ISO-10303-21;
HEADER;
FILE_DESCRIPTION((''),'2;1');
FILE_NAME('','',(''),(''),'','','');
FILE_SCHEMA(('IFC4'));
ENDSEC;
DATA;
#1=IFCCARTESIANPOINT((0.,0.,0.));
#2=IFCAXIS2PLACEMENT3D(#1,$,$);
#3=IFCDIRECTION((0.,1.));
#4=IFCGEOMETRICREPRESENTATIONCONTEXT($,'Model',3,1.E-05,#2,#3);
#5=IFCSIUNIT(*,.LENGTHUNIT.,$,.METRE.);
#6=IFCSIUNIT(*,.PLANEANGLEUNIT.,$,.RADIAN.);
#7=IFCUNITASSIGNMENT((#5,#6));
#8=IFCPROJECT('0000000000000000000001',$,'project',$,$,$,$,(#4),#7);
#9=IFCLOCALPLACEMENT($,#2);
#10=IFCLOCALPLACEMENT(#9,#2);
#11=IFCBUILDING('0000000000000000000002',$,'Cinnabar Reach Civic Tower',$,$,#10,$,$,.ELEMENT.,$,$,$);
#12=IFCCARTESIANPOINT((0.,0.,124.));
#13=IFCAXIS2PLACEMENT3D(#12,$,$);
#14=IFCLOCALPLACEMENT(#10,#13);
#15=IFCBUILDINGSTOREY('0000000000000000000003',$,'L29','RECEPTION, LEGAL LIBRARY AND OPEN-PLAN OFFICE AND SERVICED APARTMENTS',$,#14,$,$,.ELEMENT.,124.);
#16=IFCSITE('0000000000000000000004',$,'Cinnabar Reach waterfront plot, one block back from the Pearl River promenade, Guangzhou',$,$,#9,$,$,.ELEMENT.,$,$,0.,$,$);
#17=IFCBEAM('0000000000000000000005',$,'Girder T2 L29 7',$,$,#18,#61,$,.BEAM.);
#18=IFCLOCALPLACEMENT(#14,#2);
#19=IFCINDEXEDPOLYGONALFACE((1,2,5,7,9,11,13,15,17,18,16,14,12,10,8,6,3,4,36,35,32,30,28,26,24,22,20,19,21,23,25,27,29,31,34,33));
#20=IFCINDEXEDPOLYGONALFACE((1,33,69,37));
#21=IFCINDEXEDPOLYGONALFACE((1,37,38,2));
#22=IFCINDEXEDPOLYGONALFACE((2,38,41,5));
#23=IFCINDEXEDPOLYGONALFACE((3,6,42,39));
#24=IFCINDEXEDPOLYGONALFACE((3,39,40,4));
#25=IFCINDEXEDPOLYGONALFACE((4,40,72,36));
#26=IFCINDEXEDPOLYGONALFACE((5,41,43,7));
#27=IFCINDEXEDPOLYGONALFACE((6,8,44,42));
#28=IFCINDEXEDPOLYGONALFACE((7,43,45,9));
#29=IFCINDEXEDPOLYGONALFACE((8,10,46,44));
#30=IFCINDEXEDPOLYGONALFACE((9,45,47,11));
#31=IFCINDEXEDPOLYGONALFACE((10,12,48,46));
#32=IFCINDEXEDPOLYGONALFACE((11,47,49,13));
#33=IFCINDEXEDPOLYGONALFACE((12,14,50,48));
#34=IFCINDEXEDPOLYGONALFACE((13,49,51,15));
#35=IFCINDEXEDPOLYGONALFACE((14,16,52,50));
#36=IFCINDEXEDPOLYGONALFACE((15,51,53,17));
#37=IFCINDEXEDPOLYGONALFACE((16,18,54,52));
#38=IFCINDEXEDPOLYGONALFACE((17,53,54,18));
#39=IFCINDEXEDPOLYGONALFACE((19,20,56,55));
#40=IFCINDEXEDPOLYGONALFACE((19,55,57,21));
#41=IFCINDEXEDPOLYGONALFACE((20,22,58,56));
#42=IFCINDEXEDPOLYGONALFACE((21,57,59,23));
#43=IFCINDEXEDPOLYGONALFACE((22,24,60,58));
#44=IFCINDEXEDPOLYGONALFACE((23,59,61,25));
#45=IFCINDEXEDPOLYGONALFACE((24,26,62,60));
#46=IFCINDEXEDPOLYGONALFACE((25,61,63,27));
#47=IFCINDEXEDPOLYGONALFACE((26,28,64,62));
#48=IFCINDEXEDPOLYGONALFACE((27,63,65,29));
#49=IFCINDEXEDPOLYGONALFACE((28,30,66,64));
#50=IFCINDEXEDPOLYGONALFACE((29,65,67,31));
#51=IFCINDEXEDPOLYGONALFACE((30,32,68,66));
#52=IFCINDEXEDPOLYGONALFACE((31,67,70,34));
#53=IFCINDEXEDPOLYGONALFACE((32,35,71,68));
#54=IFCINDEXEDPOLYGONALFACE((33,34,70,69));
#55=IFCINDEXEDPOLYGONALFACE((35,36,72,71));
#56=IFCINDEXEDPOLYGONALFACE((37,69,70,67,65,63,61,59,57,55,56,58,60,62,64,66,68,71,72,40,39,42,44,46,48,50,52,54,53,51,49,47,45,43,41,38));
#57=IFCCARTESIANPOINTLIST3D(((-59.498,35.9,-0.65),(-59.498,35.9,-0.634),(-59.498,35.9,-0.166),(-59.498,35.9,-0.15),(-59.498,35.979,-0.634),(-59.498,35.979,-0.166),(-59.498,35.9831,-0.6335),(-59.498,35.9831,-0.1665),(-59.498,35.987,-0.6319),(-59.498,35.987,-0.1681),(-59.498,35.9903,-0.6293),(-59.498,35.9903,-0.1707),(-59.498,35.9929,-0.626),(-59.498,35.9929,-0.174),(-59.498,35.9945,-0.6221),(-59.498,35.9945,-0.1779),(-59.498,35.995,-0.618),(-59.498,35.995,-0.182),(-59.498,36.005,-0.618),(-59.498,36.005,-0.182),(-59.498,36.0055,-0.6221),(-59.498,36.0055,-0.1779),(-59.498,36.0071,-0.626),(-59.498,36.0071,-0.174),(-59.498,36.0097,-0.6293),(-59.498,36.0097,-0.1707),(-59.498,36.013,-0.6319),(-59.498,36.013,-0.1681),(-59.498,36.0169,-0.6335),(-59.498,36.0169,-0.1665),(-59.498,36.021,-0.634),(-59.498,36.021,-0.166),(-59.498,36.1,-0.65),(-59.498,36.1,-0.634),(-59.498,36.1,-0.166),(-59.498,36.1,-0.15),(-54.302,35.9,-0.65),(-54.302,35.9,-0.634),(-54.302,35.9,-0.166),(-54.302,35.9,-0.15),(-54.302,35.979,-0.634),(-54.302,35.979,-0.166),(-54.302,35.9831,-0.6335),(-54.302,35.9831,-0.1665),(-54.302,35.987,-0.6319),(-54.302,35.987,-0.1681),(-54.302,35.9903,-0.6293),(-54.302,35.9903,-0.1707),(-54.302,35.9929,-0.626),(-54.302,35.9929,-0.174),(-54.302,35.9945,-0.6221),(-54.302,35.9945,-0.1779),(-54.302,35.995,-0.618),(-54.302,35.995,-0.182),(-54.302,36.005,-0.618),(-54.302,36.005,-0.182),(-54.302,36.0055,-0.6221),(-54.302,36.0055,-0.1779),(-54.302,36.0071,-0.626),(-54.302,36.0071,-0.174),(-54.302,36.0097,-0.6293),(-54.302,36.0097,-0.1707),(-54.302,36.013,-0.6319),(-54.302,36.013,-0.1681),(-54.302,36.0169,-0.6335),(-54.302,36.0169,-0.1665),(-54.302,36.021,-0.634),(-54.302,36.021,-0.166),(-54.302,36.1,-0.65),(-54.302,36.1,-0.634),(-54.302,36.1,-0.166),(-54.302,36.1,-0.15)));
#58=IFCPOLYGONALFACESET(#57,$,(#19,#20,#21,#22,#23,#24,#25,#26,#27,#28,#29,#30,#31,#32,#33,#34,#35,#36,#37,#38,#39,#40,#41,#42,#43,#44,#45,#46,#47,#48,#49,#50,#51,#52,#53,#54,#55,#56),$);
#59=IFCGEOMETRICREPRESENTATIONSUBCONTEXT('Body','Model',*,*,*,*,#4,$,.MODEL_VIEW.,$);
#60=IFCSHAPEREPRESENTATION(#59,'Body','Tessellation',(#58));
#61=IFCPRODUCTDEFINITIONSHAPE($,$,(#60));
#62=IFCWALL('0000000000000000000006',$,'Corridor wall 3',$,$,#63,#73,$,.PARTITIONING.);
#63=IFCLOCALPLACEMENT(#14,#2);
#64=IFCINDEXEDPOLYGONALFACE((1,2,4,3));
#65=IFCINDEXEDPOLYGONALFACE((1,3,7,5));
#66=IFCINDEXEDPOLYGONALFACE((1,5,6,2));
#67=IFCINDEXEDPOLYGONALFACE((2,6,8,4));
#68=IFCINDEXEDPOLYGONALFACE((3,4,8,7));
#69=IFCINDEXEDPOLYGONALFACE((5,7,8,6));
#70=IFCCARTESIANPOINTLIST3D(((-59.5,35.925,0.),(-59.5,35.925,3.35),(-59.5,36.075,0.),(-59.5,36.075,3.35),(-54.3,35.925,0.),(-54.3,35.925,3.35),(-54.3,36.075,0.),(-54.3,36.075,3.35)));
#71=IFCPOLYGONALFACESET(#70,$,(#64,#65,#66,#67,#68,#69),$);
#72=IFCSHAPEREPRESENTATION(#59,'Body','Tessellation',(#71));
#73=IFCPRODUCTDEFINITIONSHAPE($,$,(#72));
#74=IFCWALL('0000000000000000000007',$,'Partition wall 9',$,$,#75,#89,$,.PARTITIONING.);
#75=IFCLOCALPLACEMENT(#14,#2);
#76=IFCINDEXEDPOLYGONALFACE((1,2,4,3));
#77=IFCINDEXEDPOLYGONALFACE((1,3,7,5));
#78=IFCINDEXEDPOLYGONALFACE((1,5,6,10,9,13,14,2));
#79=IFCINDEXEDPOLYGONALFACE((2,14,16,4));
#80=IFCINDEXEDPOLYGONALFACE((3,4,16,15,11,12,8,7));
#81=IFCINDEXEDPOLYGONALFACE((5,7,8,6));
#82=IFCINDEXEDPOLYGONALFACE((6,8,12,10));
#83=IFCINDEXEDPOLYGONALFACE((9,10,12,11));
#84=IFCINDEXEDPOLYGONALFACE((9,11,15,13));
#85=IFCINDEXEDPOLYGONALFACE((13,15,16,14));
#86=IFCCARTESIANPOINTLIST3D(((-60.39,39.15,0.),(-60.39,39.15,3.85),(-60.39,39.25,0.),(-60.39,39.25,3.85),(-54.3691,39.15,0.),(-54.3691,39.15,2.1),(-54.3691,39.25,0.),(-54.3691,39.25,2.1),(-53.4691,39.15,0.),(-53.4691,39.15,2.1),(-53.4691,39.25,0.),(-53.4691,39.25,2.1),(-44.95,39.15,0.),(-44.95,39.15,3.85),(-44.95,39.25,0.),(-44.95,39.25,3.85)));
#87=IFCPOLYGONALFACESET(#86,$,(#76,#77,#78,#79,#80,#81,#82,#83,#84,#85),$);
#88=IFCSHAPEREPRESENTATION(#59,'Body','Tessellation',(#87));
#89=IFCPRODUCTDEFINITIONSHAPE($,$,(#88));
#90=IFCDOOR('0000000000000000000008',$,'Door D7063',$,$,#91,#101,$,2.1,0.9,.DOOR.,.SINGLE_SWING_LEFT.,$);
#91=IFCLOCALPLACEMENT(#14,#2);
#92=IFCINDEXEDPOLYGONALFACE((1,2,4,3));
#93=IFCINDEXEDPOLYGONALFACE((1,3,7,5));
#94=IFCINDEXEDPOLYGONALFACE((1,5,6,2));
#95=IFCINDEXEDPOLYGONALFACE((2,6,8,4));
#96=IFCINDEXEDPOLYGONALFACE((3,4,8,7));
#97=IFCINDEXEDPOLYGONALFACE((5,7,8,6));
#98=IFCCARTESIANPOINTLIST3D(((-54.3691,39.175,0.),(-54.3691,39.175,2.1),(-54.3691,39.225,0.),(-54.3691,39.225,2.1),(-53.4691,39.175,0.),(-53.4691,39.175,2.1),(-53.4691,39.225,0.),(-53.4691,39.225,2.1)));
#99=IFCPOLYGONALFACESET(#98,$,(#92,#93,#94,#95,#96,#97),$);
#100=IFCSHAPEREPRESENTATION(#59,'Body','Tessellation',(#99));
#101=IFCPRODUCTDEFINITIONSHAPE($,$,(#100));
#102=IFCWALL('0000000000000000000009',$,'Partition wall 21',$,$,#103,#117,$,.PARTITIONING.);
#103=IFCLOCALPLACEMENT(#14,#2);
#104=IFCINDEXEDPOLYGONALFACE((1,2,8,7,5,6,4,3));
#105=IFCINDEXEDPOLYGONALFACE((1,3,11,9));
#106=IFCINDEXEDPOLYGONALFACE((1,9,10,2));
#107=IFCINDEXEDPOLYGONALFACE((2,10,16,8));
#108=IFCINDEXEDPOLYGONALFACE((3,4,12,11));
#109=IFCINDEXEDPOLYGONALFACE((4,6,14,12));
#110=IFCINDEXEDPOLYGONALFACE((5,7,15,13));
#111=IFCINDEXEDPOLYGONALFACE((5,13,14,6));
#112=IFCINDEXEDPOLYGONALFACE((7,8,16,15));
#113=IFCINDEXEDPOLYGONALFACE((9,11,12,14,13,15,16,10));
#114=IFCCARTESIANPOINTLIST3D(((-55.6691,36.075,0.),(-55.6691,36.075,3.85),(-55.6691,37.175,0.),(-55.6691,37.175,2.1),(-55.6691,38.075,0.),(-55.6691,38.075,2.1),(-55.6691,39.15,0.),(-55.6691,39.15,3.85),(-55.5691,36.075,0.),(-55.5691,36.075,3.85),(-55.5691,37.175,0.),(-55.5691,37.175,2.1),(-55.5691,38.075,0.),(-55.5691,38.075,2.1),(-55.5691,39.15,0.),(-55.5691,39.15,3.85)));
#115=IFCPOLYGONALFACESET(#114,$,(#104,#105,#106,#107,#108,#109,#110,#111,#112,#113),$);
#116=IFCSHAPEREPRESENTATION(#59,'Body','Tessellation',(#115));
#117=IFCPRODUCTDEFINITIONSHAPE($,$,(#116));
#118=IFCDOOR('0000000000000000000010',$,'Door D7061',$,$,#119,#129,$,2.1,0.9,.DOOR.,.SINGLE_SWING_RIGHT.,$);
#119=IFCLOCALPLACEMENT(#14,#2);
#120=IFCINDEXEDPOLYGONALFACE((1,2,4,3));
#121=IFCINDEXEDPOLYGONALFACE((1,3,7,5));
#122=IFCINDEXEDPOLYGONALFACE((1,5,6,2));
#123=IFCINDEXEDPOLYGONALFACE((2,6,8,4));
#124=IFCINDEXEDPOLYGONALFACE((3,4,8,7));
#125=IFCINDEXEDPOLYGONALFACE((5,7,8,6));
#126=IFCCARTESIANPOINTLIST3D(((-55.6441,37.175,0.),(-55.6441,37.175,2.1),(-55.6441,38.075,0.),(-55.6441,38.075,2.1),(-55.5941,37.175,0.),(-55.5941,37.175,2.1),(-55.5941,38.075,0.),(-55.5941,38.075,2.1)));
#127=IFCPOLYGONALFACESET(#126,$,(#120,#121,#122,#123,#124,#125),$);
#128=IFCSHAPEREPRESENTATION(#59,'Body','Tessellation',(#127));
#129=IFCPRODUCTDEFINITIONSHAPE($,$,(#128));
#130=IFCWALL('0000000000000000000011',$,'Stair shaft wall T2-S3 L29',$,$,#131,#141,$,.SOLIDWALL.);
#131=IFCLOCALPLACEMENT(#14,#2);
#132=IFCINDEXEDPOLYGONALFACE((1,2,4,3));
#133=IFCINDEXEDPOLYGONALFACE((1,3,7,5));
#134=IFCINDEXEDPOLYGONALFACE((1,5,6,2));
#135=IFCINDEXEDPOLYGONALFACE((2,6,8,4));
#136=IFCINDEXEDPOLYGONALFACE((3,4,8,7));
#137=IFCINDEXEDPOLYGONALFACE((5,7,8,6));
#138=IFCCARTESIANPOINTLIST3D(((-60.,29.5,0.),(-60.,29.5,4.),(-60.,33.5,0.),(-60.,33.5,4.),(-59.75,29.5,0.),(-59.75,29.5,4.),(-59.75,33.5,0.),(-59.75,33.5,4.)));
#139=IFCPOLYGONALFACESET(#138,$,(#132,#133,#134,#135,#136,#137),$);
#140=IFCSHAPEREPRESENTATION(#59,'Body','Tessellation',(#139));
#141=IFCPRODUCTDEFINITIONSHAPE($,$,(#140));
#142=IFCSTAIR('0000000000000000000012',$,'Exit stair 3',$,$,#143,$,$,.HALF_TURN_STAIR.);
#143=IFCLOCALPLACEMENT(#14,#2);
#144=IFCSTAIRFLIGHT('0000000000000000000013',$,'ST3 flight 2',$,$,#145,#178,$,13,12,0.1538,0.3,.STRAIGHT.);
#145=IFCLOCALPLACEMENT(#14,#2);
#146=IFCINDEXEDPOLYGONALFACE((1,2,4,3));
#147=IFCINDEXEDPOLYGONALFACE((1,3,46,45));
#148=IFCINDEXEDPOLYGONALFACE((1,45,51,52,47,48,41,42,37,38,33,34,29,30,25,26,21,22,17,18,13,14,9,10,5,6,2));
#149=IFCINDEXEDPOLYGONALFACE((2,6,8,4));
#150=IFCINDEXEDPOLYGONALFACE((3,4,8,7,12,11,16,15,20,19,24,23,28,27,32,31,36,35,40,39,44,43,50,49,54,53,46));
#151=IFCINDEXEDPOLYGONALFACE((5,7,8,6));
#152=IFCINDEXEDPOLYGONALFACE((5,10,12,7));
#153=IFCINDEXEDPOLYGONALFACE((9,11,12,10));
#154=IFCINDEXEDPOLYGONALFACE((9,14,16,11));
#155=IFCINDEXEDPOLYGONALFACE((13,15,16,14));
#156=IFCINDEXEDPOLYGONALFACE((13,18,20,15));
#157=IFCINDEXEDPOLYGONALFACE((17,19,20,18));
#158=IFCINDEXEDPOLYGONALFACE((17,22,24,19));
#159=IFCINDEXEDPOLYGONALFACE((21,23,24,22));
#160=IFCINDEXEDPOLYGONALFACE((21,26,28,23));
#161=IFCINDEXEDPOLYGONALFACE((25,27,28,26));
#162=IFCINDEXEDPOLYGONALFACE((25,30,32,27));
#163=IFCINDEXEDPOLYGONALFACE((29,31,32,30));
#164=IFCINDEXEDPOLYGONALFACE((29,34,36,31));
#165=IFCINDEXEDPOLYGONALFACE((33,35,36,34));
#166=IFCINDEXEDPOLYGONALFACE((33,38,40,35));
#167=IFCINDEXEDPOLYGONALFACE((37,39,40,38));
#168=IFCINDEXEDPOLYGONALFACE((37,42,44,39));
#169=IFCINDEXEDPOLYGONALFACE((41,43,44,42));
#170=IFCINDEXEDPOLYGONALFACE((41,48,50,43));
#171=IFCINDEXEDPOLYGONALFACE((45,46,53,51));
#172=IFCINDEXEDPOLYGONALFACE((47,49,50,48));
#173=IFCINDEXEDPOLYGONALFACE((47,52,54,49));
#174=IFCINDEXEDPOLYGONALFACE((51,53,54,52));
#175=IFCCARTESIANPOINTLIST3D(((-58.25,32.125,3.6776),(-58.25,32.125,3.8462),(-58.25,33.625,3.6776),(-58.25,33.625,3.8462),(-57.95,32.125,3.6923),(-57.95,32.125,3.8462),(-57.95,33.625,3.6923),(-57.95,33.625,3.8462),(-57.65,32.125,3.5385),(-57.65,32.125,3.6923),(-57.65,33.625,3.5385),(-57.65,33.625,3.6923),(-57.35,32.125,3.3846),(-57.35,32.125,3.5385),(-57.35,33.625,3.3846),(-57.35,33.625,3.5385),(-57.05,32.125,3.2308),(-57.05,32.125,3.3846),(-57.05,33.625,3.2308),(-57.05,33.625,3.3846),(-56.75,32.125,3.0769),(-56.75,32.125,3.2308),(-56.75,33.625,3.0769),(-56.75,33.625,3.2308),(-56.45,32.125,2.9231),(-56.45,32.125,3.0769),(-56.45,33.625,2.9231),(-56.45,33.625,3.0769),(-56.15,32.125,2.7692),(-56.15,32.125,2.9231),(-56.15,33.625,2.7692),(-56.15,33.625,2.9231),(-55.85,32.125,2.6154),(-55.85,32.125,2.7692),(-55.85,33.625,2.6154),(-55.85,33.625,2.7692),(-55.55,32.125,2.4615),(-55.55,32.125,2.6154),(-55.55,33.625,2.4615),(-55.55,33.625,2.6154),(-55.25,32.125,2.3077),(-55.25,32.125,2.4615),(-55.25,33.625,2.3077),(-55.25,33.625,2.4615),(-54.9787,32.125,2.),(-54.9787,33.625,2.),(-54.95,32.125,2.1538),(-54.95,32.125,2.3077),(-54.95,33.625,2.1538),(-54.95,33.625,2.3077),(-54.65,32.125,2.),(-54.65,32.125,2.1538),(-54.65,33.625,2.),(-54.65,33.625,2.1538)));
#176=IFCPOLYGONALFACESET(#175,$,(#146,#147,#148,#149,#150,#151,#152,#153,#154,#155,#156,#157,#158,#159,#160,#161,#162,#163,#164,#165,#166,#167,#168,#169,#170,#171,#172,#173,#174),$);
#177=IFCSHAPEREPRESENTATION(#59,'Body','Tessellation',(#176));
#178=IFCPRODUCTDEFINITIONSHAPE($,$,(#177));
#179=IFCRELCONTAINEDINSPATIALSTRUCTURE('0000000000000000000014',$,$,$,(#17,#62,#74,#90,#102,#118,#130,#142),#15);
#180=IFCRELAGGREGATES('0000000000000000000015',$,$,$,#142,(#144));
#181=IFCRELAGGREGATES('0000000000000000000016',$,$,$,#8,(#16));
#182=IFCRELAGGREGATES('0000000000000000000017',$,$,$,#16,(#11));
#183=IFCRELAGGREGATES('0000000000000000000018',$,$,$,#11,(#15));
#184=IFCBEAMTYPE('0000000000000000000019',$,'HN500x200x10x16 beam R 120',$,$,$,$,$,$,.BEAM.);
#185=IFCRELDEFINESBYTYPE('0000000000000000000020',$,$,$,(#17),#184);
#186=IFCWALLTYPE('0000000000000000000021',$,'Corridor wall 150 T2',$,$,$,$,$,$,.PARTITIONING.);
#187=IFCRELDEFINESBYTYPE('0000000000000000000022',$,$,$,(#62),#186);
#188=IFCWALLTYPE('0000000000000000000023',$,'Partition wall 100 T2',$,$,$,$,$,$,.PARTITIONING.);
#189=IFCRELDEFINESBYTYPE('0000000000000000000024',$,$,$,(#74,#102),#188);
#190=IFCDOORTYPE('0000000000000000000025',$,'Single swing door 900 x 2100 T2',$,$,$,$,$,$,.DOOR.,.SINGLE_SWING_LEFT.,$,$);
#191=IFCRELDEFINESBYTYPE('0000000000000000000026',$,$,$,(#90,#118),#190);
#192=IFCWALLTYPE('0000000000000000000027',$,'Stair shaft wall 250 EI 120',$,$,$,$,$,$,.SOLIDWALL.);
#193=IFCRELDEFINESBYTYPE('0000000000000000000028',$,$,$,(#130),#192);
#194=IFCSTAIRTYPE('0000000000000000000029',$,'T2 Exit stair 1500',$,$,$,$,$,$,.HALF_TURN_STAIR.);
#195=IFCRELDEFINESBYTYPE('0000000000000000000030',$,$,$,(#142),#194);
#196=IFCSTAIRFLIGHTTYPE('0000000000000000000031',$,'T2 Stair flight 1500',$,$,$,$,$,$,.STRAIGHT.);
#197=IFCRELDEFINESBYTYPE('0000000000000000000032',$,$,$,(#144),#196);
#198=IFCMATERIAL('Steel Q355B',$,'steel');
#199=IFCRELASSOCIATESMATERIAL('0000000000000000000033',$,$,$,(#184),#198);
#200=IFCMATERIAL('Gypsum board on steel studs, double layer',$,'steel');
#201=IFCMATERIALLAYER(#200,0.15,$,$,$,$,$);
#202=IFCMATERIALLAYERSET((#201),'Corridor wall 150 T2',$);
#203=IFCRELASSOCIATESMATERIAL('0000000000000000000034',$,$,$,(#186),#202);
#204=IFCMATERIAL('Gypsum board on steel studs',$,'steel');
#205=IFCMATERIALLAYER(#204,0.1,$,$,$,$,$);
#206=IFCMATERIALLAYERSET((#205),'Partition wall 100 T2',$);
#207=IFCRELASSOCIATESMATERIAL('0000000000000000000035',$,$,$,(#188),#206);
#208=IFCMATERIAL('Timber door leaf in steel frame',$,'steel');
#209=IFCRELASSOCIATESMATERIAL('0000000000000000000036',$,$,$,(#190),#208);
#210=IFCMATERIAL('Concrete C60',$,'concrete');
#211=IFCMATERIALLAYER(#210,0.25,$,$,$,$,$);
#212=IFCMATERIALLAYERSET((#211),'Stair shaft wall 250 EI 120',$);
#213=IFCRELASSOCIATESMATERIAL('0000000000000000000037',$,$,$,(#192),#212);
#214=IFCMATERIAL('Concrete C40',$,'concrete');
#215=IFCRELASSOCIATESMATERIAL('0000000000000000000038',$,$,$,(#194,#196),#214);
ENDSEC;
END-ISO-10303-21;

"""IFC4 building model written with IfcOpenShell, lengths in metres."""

from ifc_helpers import new_model, si_unit, direction, frame, frame_2d, origin, origin_2d, place, context, subcontext, project, spatial, polyline, rectangle, i_section, outline, extrude, material, layer, layer_set, material_profile, profile_set, type_object, element, fill, aggregate, save


model = new_model("IFC4")

# Units and contexts
model_context = context("Model", 3, precision=1e-05, world=origin(), true_north=direction((0.0, 1.0)))
body_context = subcontext(model_context, "Body", "Model", "MODEL_VIEW")
ifc_project = project(units=[si_unit("LENGTHUNIT", "METRE"), si_unit("PLANEANGLEUNIT", "RADIAN")], contexts=[model_context])

# Site, building, storey
site_placement = place(None, origin())
site = spatial("IfcSite", under=ifc_project, at=site_placement, Name="Cinnabar Reach waterfront plot, one block back from the Pearl River promenade, Guangzhou", CompositionType="ELEMENT", RefElevation=0.0)
building_placement = place(site_placement, origin())
building = spatial("IfcBuilding", under=site, at=building_placement, Name="Cinnabar Reach Civic Tower", CompositionType="ELEMENT")
storey_placement = place(building_placement, frame((0.0, 0.0, 124.0)))
storey = spatial("IfcBuildingStorey", under=building, at=storey_placement, Name="L29", Description="RECEPTION, LEGAL LIBRARY AND OPEN-PLAN OFFICE AND SERVICED APARTMENTS", CompositionType="ELEMENT", Elevation=124.0)

# Shared definitions
ifc_material_1 = material(Name="Concrete C60", Category="concrete")

# Beam
ifc_material_2 = material(Name="Steel Q355B", Category="steel")
ifc_material_profile_1 = material_profile(ifc_material_2, i_section(OverallWidth=0.2, OverallDepth=0.5, WebThickness=0.01, FlangeThickness=0.016, FilletRadius=0.016, at=origin_2d()), Name="HN500x200x10x16")
ifc_profile_set_1 = profile_set([ifc_material_profile_1], Name="Steel Q355B")
beam_type_1 = type_object("IfcBeamType", Name="HN500x200x10x16 beam R 120", PredefinedType="BEAM", material=ifc_profile_set_1)
beam_1_placement = place(storey_placement, frame((-59.498, 36.0, -0.4), z_axis=(1.0, 0.0, 0.0), x_axis=(0.0, 1.0, 0.0)))
element("IfcBeam", 1, at=beam_1_placement, inside=storey, type_object=beam_type_1, Name="Girder T2 L29 7", PredefinedType="BEAM", context=body_context, shape_type="SweptSolid", body=[
    extrude(i_section(OverallWidth=0.2, OverallDepth=0.5, WebThickness=0.01, FlangeThickness=0.016, FilletRadius=0.016, at=origin_2d()), origin(), (0.0, 0.0, 1.0), 5.196),
])

# Wall
ifc_material_3 = material(Name="Gypsum board on steel studs, double layer", Category="steel")
ifc_layer_1 = layer(ifc_material_3, 0.15)
ifc_layer_set_1 = layer_set([ifc_layer_1], Name="Corridor wall 150 T2")
wall_type_1 = type_object("IfcWallType", Name="Corridor wall 150 T2", PredefinedType="PARTITIONING", material=ifc_layer_set_1)
wall_1_placement = place(storey_placement, frame((-59.5, 36.0, 0.0), z_axis=(0.0, 0.0, 1.0), x_axis=(1.0, 0.0, 0.0)))
element("IfcWall", 2, at=wall_1_placement, inside=storey, type_object=wall_type_1, Name="Corridor wall 3", PredefinedType="PARTITIONING", context=body_context, shape_type="SweptSolid", body=[
    extrude(rectangle(XDim=5.2, YDim=0.15, at=frame_2d((2.6, 0.0))), origin(), (0.0, 0.0, 1.0), 3.35),
])

# Walls, openings, doors
ifc_material_4 = material(Name="Gypsum board on steel studs", Category="steel")
ifc_layer_2 = layer(ifc_material_4, 0.1)
ifc_layer_set_2 = layer_set([ifc_layer_2], Name="Partition wall 100 T2")
wall_type_2 = type_object("IfcWallType", Name="Partition wall 100 T2", PredefinedType="PARTITIONING", material=ifc_layer_set_2)
wall_2_placement = place(storey_placement, frame((-60.39, 39.2, 0.0), z_axis=(0.0, 0.0, 1.0), x_axis=(1.0, 0.0, 0.0)))
wall_2 = element("IfcWall", 3, at=wall_2_placement, inside=storey, type_object=wall_type_2, Name="Partition wall 9", PredefinedType="PARTITIONING", context=body_context, shape_type="SweptSolid", body=[
    extrude(rectangle(XDim=15.44, YDim=0.1, at=frame_2d((7.72, 0.0))), origin(), (0.0, 0.0, 1.0), 3.85),
])
opening_1_placement = place(wall_2_placement, frame((6.0209, 0.0, 0.0)))
opening_1 = element("IfcOpeningElement", 4, at=opening_1_placement, cuts=wall_2, PredefinedType="OPENING", context=body_context, shape_type="SweptSolid", body=[
    extrude(rectangle(XDim=0.9, YDim=2.1, at=frame_2d((0.45, 1.05))), frame((0.0, 0.06, 0.0), z_axis=(0.0, -1.0, 0.0), x_axis=(1.0, 0.0, 0.0)), (0.0, 0.0, 1.0), 0.12),
])
ifc_material_5 = material(Name="Timber door leaf in steel frame", Category="steel")
door_type = type_object("IfcDoorType", Name="Single swing door 900 x 2100 T2", OperationType="SINGLE_SWING_LEFT", PredefinedType="DOOR", material=ifc_material_5)
door_1_placement = place(opening_1_placement, frame((0.9, 0.0, 0.0), z_axis=(0.0, 0.0, 1.0), x_axis=(-1.0, 0.0, 0.0)))
door_1 = element("IfcDoor", 5, at=door_1_placement, inside=storey, type_object=door_type, Name="Door D7063", OperationType="SINGLE_SWING_LEFT", OverallHeight=2.1, OverallWidth=0.9, PredefinedType="DOOR", context=body_context, shape_type="SweptSolid", body=[
    extrude(rectangle(XDim=0.9, YDim=2.1, at=frame_2d((0.45, 1.05))), frame((0.0, 0.025, 0.0), z_axis=(0.0, -1.0, 0.0), x_axis=(1.0, 0.0, 0.0)), (0.0, 0.0, 1.0), 0.05),
])
fill(opening_1, door_1)
wall_3_placement = place(storey_placement, frame((-55.6191, 36.075, 0.0), z_axis=(0.0, 0.0, 1.0), x_axis=(0.0, 1.0, 0.0)))
wall_3 = element("IfcWall", 6, at=wall_3_placement, inside=storey, type_object=wall_type_2, Name="Partition wall 21", PredefinedType="PARTITIONING", context=body_context, shape_type="SweptSolid", body=[
    extrude(rectangle(XDim=3.075, YDim=0.1, at=frame_2d((1.5375, 0.0))), origin(), (0.0, 0.0, 1.0), 3.85),
])
opening_2_placement = place(wall_3_placement, frame((1.1, 0.0, 0.0)))
opening_2 = element("IfcOpeningElement", 7, at=opening_2_placement, cuts=wall_3, PredefinedType="OPENING", context=body_context, shape_type="SweptSolid", body=[
    extrude(rectangle(XDim=0.9, YDim=2.1, at=frame_2d((0.45, 1.05))), frame((0.0, 0.06, 0.0), z_axis=(0.0, -1.0, 0.0), x_axis=(1.0, 0.0, 0.0)), (0.0, 0.0, 1.0), 0.12),
])
door_2_placement = place(opening_2_placement, origin())
door_2 = element("IfcDoor", 8, at=door_2_placement, inside=storey, type_object=door_type, Name="Door D7061", OperationType="SINGLE_SWING_RIGHT", OverallHeight=2.1, OverallWidth=0.9, PredefinedType="DOOR", context=body_context, shape_type="SweptSolid", body=[
    extrude(rectangle(XDim=0.9, YDim=2.1, at=frame_2d((0.45, 1.05))), frame((0.0, 0.025, 0.0), z_axis=(0.0, -1.0, 0.0), x_axis=(1.0, 0.0, 0.0)), (0.0, 0.0, 1.0), 0.05),
])
fill(opening_2, door_2)

# Wall
ifc_layer_3 = layer(ifc_material_1, 0.25)
ifc_layer_set_3 = layer_set([ifc_layer_3], Name="Stair shaft wall 250 EI 120")
wall_type_3 = type_object("IfcWallType", Name="Stair shaft wall 250 EI 120", PredefinedType="SOLIDWALL", material=ifc_layer_set_3)
wall_4_placement = place(storey_placement, frame((-59.875, 33.5, 0.0), z_axis=(0.0, 0.0, 1.0), x_axis=(0.0, -1.0, 0.0)))
element("IfcWall", 9, at=wall_4_placement, inside=storey, type_object=wall_type_3, Name="Stair shaft wall T2-S3 L29", PredefinedType="SOLIDWALL", context=body_context, shape_type="SweptSolid", body=[
    extrude(rectangle(XDim=4.0, YDim=0.25, at=frame_2d((2.0, 0.0))), origin(), (0.0, 0.0, 1.0), 4.0),
])

# Stair, stair flight
ifc_material_6 = material(Name="Concrete C40", Category="concrete")
stair_type = type_object("IfcStairType", Name="T2 Exit stair 1500", PredefinedType="HALF_TURN_STAIR", material=ifc_material_6)
stair_placement = place(storey_placement, origin())
stair = element("IfcStair", 10, at=stair_placement, inside=storey, type_object=stair_type, Name="Exit stair 3", PredefinedType="HALF_TURN_STAIR")
stair_flight_type = type_object("IfcStairFlightType", Name="T2 Stair flight 1500", PredefinedType="STRAIGHT", material=ifc_material_6)
stair_flight_placement = place(storey_placement, frame((-54.65, 32.875, 2.0), z_axis=(0.0, 0.0, 1.0), x_axis=(-1.0, 0.0, 0.0)))
stair_flight = element("IfcStairFlight", 11, at=stair_flight_placement, type_object=stair_flight_type, Name="ST3 flight 2", NumberOfRisers=13, NumberOfTreads=12, PredefinedType="STRAIGHT", RiserHeight=0.1538, TreadLength=0.3, context=body_context, shape_type="SweptSolid", body=[
    extrude(outline(polyline([(0.0, 0.0), (0.0, 0.1538), (0.3, 0.1538), (0.3, 0.3077), (0.6, 0.3077), (0.6, 0.4615), (0.9, 0.4615), (0.9, 0.6154), (1.2, 0.6154), (1.2, 0.7692), (1.5, 0.7692), (1.5, 0.9231), (1.8, 0.9231), (1.8, 1.0769), (2.1, 1.0769), (2.1, 1.2308), (2.4, 1.2308), (2.4, 1.3846), (2.7, 1.3846), (2.7, 1.5385), (3.0, 1.5385), (3.0, 1.6923), (3.3, 1.6923), (3.3, 1.8462), (3.6, 1.8462), (3.6, 2.0), (3.6, 1.6776), (0.3287, 0.0), (0.0, 0.0)])), frame((0.0, 0.75, 0.0), z_axis=(0.0, -1.0, 0.0), x_axis=(1.0, 0.0, 0.0)), (0.0, 0.0, 1.0), 1.5),
])
aggregate(stair, [stair_flight])

save(model, "model.ifc")
